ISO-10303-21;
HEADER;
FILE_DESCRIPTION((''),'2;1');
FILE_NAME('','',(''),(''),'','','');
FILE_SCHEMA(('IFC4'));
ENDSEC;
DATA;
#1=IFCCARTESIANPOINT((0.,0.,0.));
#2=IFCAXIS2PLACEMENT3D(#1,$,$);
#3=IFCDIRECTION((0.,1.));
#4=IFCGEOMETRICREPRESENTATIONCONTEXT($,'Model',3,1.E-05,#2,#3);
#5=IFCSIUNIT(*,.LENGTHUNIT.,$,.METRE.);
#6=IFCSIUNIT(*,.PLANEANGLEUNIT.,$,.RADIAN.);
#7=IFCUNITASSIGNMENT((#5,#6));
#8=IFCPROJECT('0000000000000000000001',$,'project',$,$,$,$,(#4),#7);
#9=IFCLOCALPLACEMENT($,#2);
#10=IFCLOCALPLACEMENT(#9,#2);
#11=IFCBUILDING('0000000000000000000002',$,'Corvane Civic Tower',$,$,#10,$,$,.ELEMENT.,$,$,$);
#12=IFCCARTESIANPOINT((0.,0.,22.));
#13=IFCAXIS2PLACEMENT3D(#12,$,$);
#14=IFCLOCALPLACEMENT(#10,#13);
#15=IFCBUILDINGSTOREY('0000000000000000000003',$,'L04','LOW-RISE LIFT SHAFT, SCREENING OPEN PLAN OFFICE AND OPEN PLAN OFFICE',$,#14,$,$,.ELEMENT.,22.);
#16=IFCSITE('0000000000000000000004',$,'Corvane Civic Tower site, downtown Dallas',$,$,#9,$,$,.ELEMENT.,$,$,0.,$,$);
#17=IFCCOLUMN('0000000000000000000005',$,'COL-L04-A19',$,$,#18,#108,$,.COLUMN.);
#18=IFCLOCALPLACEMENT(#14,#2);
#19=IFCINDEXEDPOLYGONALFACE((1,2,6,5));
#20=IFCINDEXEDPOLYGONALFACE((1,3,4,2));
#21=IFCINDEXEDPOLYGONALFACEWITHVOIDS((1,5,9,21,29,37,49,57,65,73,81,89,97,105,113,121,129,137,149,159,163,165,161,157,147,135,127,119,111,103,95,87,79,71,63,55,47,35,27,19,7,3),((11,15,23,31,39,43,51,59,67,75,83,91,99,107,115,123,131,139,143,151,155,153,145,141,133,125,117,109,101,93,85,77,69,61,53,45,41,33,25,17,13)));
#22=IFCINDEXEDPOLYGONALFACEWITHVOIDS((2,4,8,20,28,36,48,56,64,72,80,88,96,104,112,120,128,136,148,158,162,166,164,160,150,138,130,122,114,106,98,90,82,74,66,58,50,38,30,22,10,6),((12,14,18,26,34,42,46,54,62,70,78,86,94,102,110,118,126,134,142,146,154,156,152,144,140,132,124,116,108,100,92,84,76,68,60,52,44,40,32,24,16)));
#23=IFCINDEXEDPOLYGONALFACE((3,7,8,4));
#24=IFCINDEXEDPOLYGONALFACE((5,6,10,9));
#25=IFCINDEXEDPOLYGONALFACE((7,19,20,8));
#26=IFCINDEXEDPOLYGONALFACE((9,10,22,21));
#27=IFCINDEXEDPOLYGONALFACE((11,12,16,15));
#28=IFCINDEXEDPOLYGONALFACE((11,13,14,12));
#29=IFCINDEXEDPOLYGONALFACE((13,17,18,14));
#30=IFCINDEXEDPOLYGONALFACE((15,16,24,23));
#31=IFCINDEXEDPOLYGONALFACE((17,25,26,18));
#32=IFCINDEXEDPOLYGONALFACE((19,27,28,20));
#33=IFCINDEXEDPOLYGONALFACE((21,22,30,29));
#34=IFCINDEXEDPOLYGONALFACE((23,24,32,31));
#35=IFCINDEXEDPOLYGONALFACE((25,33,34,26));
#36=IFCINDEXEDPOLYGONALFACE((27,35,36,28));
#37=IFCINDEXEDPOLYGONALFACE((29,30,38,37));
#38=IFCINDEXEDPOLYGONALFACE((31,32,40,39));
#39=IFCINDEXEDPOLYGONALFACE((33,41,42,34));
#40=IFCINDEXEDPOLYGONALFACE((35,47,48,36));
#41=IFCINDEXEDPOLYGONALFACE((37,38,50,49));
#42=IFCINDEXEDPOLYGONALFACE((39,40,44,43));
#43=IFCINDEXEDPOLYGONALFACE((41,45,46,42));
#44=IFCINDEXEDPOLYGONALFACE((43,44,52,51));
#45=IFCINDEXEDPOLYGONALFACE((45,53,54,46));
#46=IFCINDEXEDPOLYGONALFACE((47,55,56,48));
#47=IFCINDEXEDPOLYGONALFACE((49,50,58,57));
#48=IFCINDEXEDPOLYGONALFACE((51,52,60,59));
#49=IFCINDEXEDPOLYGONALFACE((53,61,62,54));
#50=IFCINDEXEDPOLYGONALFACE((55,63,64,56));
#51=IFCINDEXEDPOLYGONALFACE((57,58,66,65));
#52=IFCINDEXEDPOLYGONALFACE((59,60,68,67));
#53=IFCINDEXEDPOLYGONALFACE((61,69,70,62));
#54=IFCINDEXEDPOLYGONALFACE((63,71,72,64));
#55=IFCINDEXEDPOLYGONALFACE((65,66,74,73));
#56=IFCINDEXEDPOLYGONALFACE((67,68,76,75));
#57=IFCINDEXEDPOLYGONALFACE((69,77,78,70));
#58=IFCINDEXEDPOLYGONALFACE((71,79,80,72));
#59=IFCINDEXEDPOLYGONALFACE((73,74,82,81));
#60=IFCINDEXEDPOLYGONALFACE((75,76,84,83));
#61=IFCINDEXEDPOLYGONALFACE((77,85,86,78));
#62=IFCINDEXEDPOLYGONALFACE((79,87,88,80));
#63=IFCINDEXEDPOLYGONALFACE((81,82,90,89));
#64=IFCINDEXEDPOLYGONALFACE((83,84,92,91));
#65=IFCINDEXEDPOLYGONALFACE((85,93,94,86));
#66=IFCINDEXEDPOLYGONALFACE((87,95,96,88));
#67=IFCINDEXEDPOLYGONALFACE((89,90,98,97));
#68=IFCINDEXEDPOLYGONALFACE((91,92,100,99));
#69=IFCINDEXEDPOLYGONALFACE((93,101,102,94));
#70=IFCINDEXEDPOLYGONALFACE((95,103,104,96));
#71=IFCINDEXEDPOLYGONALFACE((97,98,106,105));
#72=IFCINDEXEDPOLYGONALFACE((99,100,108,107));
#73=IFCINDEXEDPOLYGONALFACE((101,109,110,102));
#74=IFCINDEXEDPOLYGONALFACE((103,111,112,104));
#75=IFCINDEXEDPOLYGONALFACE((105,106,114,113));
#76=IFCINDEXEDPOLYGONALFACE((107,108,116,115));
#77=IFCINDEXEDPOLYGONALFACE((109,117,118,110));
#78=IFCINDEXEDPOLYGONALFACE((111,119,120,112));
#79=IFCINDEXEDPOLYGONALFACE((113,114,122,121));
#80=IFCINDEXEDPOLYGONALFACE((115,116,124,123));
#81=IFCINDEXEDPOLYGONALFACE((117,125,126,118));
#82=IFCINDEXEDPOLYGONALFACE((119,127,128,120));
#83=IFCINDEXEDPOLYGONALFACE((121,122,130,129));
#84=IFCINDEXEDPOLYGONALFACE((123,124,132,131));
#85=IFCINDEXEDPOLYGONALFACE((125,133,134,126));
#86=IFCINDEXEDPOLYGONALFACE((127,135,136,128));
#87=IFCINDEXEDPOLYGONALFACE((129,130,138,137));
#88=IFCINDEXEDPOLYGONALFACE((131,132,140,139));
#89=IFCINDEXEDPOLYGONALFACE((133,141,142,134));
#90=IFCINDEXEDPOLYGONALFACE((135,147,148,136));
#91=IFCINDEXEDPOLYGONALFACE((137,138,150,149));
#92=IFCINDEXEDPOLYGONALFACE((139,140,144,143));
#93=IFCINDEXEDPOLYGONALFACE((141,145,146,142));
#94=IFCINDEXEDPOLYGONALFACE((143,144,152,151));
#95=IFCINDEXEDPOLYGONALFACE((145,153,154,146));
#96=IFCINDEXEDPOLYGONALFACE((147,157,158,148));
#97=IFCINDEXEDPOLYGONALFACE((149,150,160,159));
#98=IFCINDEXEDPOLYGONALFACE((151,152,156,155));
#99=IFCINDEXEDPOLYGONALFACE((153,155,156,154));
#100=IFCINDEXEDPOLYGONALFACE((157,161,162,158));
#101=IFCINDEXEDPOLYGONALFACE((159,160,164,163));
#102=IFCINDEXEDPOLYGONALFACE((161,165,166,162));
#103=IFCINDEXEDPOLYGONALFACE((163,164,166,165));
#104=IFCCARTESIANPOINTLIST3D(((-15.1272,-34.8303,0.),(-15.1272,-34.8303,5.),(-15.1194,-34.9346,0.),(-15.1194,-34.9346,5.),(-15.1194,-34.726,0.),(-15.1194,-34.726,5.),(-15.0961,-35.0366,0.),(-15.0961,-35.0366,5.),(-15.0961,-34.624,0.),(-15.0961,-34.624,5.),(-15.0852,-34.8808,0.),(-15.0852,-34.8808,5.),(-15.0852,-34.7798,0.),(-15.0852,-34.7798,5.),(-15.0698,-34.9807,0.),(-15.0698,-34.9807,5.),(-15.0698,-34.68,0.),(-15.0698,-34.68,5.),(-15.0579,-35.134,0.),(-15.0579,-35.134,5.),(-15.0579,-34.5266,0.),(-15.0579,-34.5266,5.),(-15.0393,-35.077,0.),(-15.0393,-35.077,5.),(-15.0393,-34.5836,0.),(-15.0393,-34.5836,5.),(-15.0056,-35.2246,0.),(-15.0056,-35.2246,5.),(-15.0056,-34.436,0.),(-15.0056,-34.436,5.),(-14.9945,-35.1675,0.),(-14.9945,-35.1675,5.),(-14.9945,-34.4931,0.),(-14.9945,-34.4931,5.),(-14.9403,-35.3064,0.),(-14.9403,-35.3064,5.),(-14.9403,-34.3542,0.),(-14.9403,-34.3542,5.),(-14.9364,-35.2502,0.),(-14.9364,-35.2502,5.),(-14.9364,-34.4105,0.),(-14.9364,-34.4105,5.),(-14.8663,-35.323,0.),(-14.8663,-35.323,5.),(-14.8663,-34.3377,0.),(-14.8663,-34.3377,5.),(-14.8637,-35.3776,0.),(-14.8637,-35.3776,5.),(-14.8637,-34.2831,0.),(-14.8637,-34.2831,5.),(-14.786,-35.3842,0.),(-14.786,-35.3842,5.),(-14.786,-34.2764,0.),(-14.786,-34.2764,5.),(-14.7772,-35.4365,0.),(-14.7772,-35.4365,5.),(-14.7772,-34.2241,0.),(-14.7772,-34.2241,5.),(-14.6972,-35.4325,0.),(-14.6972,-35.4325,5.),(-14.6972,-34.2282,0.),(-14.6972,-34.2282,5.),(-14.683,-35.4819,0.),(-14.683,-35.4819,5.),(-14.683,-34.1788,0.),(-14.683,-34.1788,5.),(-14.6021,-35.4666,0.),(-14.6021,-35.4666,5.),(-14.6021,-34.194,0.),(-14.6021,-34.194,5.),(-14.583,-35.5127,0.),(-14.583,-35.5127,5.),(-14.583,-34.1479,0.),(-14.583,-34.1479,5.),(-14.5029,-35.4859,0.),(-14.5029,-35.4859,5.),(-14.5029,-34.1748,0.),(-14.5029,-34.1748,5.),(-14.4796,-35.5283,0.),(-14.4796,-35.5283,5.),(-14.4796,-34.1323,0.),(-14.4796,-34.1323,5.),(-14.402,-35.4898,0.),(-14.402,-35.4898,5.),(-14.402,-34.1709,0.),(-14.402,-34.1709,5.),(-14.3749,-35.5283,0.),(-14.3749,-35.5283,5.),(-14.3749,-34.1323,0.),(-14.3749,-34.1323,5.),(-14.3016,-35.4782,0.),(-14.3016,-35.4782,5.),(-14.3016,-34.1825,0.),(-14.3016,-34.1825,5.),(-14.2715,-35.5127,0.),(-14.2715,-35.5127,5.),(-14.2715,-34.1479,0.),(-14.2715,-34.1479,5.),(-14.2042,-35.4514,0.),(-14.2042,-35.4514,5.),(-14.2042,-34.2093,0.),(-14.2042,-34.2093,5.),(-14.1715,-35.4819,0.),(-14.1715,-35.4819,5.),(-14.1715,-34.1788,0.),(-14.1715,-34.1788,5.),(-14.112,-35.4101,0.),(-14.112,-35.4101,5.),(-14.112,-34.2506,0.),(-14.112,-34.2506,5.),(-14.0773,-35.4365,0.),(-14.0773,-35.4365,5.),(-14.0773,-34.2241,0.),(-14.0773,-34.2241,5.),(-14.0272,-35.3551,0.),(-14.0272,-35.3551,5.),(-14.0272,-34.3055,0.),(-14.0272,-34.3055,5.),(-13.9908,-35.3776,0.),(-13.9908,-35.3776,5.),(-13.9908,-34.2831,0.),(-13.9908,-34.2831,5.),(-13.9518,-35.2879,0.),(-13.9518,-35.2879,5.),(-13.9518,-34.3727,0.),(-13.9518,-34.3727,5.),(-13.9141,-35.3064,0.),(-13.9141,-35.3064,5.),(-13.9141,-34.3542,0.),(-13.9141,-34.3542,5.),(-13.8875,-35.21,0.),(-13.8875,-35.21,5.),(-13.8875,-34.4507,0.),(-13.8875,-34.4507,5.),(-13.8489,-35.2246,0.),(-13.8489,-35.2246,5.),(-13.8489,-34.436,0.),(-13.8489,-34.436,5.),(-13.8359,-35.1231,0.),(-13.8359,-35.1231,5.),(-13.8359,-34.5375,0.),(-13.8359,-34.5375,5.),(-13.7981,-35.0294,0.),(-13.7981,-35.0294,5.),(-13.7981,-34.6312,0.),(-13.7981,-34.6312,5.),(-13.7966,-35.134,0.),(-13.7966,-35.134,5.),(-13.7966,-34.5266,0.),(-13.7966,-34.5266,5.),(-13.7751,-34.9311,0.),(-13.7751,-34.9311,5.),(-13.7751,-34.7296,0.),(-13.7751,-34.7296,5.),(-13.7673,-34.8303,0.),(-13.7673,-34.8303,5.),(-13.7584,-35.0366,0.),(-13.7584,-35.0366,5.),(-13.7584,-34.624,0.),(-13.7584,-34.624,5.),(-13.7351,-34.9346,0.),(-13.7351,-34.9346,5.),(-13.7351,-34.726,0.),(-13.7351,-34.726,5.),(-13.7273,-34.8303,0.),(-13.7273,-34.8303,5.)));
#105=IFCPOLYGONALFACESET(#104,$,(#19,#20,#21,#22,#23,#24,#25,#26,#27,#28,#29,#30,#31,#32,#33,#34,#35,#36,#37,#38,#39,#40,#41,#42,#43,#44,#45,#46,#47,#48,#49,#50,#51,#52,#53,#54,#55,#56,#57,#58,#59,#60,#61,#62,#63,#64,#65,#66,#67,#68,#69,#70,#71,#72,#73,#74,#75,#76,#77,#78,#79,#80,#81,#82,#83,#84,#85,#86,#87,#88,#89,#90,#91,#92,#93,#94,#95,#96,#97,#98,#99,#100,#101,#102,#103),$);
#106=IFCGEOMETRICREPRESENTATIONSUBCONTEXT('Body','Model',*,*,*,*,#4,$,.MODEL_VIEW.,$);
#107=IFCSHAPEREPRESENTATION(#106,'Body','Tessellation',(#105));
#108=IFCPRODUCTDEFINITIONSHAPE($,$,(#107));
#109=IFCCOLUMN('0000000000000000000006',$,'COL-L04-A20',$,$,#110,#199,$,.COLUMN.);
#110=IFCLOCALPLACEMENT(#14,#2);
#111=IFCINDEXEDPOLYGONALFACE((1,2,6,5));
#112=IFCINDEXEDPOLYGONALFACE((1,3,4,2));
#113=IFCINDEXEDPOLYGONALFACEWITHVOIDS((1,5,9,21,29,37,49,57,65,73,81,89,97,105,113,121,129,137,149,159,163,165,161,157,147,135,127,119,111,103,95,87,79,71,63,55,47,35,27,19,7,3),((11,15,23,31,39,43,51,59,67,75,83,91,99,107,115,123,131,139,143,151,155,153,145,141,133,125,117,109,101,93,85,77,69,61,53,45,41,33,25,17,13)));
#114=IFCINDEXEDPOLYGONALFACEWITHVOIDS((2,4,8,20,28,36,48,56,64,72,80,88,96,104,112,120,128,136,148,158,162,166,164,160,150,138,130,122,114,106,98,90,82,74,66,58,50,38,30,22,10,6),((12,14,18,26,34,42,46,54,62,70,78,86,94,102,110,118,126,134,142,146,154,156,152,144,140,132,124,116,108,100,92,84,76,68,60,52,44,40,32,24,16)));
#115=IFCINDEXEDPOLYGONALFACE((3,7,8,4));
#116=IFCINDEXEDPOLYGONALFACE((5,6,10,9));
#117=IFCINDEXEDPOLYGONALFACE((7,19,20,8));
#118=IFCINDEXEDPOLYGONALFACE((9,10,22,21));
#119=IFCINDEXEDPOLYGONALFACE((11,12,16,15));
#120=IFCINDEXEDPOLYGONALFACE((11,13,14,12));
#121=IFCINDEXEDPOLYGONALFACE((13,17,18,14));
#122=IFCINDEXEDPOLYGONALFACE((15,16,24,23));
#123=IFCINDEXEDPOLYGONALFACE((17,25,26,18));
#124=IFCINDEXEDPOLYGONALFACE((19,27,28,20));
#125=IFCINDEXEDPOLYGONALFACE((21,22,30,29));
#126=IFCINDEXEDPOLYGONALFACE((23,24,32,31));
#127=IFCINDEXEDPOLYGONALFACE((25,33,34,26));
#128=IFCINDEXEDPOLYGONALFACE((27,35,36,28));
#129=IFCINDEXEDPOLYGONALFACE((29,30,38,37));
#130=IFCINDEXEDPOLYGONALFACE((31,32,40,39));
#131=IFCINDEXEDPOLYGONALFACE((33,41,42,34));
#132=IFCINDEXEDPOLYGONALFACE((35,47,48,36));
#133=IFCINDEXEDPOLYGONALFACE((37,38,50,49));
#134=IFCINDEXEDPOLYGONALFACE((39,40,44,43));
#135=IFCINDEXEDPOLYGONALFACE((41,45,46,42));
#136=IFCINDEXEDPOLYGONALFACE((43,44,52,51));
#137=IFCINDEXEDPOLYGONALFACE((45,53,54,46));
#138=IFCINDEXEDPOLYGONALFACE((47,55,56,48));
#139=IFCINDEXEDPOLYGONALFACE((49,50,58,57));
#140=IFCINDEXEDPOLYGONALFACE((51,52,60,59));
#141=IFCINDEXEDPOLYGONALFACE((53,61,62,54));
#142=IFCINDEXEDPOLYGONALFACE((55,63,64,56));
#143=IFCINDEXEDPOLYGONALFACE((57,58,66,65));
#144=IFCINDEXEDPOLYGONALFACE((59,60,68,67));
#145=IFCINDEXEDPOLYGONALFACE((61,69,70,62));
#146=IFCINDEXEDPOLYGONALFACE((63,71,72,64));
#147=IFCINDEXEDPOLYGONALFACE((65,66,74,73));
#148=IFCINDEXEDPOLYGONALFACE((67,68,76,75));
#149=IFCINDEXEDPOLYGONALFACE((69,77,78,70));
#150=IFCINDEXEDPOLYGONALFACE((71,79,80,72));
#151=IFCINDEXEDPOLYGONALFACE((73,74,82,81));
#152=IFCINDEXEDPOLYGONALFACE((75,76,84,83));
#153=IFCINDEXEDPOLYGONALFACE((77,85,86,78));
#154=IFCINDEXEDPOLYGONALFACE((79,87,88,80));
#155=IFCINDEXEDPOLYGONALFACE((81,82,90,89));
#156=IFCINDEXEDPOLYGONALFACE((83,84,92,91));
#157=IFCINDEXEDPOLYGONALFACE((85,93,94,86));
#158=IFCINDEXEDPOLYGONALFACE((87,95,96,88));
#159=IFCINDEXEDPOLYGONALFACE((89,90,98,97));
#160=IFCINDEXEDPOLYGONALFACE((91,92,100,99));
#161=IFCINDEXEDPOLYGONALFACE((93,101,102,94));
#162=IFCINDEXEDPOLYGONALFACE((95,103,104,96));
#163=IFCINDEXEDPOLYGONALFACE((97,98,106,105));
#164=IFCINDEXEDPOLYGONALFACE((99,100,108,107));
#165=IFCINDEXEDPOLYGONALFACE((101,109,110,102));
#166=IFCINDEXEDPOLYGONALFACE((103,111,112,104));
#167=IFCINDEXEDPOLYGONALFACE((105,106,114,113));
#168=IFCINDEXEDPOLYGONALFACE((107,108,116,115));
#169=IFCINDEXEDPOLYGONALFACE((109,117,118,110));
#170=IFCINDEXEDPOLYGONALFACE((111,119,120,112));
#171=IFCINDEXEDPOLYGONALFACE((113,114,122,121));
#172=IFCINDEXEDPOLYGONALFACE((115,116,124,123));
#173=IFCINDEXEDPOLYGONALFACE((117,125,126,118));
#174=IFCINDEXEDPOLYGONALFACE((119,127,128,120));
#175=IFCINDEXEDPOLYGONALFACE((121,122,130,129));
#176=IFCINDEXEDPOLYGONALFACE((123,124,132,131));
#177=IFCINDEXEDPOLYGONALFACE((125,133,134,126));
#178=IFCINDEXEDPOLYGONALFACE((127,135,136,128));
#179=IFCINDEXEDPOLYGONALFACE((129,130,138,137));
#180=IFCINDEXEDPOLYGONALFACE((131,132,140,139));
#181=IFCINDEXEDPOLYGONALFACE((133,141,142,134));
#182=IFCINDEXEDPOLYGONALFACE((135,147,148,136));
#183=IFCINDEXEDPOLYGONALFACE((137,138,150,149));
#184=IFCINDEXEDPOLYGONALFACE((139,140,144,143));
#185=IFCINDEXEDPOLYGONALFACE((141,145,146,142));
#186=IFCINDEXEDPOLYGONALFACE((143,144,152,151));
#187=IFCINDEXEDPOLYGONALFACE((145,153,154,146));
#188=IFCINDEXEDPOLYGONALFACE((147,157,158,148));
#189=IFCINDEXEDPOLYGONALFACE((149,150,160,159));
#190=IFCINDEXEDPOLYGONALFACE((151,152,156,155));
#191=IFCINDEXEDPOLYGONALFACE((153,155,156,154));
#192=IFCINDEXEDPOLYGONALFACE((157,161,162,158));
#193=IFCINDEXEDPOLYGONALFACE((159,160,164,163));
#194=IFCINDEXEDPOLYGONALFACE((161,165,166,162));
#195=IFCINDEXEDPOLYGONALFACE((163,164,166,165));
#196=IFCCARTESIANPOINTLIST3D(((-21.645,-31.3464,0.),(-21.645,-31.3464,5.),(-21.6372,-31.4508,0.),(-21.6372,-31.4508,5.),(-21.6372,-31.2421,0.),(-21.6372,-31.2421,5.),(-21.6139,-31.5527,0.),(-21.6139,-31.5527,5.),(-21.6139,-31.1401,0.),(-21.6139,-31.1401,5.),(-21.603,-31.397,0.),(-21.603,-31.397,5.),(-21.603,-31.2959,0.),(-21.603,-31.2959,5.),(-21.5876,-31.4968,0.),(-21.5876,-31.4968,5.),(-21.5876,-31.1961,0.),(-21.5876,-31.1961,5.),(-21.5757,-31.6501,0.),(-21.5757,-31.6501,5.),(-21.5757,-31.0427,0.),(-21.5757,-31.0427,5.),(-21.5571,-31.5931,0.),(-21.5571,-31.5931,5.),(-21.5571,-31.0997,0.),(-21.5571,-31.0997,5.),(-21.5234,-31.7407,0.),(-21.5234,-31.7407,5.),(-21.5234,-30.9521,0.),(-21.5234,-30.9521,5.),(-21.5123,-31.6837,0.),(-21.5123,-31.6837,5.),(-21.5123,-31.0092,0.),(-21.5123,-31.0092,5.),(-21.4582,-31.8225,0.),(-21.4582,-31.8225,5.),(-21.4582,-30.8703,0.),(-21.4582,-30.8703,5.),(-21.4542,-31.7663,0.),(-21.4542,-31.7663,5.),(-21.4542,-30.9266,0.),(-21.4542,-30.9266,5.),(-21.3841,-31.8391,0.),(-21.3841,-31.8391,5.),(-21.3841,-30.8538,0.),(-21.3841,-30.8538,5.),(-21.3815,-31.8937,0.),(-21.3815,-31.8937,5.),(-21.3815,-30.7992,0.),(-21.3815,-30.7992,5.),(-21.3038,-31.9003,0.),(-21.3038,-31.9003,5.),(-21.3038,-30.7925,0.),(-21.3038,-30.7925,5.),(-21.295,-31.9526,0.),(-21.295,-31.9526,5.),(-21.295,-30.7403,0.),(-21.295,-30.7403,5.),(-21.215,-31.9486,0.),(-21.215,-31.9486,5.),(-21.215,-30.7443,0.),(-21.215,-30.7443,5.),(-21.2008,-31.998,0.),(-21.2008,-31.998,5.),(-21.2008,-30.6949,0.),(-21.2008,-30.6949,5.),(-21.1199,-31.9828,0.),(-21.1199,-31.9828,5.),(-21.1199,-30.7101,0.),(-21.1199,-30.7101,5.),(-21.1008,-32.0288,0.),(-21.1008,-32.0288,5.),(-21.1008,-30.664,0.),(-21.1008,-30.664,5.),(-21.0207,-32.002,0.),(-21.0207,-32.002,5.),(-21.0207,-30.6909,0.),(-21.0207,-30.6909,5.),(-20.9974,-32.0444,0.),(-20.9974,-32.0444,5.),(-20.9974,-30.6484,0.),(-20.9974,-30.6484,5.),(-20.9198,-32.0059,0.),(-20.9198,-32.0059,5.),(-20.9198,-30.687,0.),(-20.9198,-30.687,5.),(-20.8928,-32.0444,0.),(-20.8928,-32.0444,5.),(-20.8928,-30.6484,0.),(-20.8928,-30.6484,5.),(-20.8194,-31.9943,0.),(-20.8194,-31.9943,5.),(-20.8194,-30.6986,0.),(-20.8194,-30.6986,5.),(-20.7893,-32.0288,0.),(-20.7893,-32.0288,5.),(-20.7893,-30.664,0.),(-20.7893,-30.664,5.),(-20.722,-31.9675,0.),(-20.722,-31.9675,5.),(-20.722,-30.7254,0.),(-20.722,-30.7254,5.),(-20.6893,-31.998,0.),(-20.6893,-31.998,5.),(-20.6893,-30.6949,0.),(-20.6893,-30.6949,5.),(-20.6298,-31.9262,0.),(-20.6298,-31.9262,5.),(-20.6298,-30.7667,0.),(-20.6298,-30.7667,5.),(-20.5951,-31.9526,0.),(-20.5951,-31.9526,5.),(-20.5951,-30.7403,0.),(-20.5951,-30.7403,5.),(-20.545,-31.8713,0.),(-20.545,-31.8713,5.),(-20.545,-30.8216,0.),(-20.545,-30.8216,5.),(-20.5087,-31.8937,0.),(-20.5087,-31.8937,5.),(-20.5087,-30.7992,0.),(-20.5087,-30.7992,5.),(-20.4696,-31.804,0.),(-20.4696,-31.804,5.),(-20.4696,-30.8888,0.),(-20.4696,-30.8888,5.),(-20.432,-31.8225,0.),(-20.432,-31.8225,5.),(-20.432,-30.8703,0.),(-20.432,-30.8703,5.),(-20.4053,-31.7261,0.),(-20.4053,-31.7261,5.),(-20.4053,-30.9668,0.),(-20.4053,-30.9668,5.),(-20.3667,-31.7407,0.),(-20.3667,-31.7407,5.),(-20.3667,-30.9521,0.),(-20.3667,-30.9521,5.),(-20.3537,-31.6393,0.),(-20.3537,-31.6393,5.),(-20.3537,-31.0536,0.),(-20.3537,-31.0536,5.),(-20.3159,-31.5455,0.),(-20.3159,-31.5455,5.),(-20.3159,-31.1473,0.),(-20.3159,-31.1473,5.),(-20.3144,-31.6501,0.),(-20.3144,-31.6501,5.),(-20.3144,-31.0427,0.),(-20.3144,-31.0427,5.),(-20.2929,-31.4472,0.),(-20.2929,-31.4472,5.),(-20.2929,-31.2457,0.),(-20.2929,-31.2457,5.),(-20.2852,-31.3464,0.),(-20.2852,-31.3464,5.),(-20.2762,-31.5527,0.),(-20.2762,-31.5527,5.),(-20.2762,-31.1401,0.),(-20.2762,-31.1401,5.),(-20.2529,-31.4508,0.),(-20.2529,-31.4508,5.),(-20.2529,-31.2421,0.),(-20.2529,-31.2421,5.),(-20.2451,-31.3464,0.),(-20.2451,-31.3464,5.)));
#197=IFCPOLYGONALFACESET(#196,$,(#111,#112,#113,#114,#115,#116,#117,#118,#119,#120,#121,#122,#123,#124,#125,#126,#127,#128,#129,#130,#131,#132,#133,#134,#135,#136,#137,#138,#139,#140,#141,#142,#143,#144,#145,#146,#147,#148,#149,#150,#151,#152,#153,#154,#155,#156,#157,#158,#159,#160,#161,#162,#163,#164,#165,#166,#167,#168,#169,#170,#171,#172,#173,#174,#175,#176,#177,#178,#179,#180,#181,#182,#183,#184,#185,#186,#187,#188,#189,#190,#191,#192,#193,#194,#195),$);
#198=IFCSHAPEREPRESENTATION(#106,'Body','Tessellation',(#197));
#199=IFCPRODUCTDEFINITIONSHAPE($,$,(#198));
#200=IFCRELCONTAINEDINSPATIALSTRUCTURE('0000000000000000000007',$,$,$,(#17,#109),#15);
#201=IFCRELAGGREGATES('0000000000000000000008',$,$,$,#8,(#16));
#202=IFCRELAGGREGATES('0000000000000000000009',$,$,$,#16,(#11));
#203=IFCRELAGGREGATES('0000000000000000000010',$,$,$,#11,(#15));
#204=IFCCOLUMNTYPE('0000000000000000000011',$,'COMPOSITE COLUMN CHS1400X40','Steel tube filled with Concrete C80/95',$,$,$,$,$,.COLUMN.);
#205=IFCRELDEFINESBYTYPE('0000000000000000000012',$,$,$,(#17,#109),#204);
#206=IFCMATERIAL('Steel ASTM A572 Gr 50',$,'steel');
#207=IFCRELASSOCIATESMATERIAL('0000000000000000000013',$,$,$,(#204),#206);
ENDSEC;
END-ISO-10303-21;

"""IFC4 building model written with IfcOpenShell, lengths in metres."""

from ifc_helpers import new_model, si_unit, direction, frame, origin, origin_2d, place, context, subcontext, project, spatial, hollow_circle, extrude, material, material_profile, profile_set, type_object, element, save


model = new_model("IFC4")

# Units and contexts
model_context = context("Model", 3, precision=1e-05, world=origin(), true_north=direction((0.0, 1.0)))
body_context = subcontext(model_context, "Body", "Model", "MODEL_VIEW")
ifc_project = project(units=[si_unit("LENGTHUNIT", "METRE"), si_unit("PLANEANGLEUNIT", "RADIAN")], contexts=[model_context])

# Site, building, storey
site_placement = place(None, origin())
site = spatial("IfcSite", under=ifc_project, at=site_placement, Name="Corvane Civic Tower site, downtown Dallas", CompositionType="ELEMENT", RefElevation=0.0)
building_placement = place(site_placement, origin())
building = spatial("IfcBuilding", under=site, at=building_placement, Name="Corvane Civic Tower", CompositionType="ELEMENT")
storey_placement = place(building_placement, frame((0.0, 0.0, 22.0)))
storey = spatial("IfcBuildingStorey", under=building, at=storey_placement, Name="L04", Description="LOW-RISE LIFT SHAFT, SCREENING OPEN PLAN OFFICE AND OPEN PLAN OFFICE", CompositionType="ELEMENT", Elevation=22.0)

# Columns
ifc_material_1 = material(Name="Steel ASTM A572 Gr 50", Category="steel")
ifc_material_profile_1 = material_profile(ifc_material_1, hollow_circle(Radius=0.7, WallThickness=0.04, at=origin_2d()), Name="CHS1400X40")
ifc_profile_set_1 = profile_set([ifc_material_profile_1], Name="Steel ASTM A572 Gr 50")
column_type = type_object("IfcColumnType", Name="COMPOSITE COLUMN CHS1400X40", Description="Steel tube filled with Concrete C80/95", PredefinedType="COLUMN", material=ifc_profile_set_1)
for number, where, z_axis, x_axis, name in (
    (1, (-14.4272, -34.8303, 0.0), (0.0, 0.0, 1.0), (1.0, 0.0, 0.0), "COL-L04-A19"),
    (2, (-20.9451, -31.3464, 0.0), (0.0, 0.0, 1.0), (1.0, 0.0, 0.0), "COL-L04-A20"),
):
    element("IfcColumn", number, at=place(storey_placement, frame(where, z_axis=z_axis, x_axis=x_axis)), inside=storey, type_object=column_type, Name=name, PredefinedType="COLUMN", context=body_context, shape_type="SweptSolid", body=[
        extrude(hollow_circle(Radius=0.7, WallThickness=0.04, at=origin_2d()), origin(), (0.0, 0.0, 1.0), 5.0),
    ])

save(model, "model.ifc")
